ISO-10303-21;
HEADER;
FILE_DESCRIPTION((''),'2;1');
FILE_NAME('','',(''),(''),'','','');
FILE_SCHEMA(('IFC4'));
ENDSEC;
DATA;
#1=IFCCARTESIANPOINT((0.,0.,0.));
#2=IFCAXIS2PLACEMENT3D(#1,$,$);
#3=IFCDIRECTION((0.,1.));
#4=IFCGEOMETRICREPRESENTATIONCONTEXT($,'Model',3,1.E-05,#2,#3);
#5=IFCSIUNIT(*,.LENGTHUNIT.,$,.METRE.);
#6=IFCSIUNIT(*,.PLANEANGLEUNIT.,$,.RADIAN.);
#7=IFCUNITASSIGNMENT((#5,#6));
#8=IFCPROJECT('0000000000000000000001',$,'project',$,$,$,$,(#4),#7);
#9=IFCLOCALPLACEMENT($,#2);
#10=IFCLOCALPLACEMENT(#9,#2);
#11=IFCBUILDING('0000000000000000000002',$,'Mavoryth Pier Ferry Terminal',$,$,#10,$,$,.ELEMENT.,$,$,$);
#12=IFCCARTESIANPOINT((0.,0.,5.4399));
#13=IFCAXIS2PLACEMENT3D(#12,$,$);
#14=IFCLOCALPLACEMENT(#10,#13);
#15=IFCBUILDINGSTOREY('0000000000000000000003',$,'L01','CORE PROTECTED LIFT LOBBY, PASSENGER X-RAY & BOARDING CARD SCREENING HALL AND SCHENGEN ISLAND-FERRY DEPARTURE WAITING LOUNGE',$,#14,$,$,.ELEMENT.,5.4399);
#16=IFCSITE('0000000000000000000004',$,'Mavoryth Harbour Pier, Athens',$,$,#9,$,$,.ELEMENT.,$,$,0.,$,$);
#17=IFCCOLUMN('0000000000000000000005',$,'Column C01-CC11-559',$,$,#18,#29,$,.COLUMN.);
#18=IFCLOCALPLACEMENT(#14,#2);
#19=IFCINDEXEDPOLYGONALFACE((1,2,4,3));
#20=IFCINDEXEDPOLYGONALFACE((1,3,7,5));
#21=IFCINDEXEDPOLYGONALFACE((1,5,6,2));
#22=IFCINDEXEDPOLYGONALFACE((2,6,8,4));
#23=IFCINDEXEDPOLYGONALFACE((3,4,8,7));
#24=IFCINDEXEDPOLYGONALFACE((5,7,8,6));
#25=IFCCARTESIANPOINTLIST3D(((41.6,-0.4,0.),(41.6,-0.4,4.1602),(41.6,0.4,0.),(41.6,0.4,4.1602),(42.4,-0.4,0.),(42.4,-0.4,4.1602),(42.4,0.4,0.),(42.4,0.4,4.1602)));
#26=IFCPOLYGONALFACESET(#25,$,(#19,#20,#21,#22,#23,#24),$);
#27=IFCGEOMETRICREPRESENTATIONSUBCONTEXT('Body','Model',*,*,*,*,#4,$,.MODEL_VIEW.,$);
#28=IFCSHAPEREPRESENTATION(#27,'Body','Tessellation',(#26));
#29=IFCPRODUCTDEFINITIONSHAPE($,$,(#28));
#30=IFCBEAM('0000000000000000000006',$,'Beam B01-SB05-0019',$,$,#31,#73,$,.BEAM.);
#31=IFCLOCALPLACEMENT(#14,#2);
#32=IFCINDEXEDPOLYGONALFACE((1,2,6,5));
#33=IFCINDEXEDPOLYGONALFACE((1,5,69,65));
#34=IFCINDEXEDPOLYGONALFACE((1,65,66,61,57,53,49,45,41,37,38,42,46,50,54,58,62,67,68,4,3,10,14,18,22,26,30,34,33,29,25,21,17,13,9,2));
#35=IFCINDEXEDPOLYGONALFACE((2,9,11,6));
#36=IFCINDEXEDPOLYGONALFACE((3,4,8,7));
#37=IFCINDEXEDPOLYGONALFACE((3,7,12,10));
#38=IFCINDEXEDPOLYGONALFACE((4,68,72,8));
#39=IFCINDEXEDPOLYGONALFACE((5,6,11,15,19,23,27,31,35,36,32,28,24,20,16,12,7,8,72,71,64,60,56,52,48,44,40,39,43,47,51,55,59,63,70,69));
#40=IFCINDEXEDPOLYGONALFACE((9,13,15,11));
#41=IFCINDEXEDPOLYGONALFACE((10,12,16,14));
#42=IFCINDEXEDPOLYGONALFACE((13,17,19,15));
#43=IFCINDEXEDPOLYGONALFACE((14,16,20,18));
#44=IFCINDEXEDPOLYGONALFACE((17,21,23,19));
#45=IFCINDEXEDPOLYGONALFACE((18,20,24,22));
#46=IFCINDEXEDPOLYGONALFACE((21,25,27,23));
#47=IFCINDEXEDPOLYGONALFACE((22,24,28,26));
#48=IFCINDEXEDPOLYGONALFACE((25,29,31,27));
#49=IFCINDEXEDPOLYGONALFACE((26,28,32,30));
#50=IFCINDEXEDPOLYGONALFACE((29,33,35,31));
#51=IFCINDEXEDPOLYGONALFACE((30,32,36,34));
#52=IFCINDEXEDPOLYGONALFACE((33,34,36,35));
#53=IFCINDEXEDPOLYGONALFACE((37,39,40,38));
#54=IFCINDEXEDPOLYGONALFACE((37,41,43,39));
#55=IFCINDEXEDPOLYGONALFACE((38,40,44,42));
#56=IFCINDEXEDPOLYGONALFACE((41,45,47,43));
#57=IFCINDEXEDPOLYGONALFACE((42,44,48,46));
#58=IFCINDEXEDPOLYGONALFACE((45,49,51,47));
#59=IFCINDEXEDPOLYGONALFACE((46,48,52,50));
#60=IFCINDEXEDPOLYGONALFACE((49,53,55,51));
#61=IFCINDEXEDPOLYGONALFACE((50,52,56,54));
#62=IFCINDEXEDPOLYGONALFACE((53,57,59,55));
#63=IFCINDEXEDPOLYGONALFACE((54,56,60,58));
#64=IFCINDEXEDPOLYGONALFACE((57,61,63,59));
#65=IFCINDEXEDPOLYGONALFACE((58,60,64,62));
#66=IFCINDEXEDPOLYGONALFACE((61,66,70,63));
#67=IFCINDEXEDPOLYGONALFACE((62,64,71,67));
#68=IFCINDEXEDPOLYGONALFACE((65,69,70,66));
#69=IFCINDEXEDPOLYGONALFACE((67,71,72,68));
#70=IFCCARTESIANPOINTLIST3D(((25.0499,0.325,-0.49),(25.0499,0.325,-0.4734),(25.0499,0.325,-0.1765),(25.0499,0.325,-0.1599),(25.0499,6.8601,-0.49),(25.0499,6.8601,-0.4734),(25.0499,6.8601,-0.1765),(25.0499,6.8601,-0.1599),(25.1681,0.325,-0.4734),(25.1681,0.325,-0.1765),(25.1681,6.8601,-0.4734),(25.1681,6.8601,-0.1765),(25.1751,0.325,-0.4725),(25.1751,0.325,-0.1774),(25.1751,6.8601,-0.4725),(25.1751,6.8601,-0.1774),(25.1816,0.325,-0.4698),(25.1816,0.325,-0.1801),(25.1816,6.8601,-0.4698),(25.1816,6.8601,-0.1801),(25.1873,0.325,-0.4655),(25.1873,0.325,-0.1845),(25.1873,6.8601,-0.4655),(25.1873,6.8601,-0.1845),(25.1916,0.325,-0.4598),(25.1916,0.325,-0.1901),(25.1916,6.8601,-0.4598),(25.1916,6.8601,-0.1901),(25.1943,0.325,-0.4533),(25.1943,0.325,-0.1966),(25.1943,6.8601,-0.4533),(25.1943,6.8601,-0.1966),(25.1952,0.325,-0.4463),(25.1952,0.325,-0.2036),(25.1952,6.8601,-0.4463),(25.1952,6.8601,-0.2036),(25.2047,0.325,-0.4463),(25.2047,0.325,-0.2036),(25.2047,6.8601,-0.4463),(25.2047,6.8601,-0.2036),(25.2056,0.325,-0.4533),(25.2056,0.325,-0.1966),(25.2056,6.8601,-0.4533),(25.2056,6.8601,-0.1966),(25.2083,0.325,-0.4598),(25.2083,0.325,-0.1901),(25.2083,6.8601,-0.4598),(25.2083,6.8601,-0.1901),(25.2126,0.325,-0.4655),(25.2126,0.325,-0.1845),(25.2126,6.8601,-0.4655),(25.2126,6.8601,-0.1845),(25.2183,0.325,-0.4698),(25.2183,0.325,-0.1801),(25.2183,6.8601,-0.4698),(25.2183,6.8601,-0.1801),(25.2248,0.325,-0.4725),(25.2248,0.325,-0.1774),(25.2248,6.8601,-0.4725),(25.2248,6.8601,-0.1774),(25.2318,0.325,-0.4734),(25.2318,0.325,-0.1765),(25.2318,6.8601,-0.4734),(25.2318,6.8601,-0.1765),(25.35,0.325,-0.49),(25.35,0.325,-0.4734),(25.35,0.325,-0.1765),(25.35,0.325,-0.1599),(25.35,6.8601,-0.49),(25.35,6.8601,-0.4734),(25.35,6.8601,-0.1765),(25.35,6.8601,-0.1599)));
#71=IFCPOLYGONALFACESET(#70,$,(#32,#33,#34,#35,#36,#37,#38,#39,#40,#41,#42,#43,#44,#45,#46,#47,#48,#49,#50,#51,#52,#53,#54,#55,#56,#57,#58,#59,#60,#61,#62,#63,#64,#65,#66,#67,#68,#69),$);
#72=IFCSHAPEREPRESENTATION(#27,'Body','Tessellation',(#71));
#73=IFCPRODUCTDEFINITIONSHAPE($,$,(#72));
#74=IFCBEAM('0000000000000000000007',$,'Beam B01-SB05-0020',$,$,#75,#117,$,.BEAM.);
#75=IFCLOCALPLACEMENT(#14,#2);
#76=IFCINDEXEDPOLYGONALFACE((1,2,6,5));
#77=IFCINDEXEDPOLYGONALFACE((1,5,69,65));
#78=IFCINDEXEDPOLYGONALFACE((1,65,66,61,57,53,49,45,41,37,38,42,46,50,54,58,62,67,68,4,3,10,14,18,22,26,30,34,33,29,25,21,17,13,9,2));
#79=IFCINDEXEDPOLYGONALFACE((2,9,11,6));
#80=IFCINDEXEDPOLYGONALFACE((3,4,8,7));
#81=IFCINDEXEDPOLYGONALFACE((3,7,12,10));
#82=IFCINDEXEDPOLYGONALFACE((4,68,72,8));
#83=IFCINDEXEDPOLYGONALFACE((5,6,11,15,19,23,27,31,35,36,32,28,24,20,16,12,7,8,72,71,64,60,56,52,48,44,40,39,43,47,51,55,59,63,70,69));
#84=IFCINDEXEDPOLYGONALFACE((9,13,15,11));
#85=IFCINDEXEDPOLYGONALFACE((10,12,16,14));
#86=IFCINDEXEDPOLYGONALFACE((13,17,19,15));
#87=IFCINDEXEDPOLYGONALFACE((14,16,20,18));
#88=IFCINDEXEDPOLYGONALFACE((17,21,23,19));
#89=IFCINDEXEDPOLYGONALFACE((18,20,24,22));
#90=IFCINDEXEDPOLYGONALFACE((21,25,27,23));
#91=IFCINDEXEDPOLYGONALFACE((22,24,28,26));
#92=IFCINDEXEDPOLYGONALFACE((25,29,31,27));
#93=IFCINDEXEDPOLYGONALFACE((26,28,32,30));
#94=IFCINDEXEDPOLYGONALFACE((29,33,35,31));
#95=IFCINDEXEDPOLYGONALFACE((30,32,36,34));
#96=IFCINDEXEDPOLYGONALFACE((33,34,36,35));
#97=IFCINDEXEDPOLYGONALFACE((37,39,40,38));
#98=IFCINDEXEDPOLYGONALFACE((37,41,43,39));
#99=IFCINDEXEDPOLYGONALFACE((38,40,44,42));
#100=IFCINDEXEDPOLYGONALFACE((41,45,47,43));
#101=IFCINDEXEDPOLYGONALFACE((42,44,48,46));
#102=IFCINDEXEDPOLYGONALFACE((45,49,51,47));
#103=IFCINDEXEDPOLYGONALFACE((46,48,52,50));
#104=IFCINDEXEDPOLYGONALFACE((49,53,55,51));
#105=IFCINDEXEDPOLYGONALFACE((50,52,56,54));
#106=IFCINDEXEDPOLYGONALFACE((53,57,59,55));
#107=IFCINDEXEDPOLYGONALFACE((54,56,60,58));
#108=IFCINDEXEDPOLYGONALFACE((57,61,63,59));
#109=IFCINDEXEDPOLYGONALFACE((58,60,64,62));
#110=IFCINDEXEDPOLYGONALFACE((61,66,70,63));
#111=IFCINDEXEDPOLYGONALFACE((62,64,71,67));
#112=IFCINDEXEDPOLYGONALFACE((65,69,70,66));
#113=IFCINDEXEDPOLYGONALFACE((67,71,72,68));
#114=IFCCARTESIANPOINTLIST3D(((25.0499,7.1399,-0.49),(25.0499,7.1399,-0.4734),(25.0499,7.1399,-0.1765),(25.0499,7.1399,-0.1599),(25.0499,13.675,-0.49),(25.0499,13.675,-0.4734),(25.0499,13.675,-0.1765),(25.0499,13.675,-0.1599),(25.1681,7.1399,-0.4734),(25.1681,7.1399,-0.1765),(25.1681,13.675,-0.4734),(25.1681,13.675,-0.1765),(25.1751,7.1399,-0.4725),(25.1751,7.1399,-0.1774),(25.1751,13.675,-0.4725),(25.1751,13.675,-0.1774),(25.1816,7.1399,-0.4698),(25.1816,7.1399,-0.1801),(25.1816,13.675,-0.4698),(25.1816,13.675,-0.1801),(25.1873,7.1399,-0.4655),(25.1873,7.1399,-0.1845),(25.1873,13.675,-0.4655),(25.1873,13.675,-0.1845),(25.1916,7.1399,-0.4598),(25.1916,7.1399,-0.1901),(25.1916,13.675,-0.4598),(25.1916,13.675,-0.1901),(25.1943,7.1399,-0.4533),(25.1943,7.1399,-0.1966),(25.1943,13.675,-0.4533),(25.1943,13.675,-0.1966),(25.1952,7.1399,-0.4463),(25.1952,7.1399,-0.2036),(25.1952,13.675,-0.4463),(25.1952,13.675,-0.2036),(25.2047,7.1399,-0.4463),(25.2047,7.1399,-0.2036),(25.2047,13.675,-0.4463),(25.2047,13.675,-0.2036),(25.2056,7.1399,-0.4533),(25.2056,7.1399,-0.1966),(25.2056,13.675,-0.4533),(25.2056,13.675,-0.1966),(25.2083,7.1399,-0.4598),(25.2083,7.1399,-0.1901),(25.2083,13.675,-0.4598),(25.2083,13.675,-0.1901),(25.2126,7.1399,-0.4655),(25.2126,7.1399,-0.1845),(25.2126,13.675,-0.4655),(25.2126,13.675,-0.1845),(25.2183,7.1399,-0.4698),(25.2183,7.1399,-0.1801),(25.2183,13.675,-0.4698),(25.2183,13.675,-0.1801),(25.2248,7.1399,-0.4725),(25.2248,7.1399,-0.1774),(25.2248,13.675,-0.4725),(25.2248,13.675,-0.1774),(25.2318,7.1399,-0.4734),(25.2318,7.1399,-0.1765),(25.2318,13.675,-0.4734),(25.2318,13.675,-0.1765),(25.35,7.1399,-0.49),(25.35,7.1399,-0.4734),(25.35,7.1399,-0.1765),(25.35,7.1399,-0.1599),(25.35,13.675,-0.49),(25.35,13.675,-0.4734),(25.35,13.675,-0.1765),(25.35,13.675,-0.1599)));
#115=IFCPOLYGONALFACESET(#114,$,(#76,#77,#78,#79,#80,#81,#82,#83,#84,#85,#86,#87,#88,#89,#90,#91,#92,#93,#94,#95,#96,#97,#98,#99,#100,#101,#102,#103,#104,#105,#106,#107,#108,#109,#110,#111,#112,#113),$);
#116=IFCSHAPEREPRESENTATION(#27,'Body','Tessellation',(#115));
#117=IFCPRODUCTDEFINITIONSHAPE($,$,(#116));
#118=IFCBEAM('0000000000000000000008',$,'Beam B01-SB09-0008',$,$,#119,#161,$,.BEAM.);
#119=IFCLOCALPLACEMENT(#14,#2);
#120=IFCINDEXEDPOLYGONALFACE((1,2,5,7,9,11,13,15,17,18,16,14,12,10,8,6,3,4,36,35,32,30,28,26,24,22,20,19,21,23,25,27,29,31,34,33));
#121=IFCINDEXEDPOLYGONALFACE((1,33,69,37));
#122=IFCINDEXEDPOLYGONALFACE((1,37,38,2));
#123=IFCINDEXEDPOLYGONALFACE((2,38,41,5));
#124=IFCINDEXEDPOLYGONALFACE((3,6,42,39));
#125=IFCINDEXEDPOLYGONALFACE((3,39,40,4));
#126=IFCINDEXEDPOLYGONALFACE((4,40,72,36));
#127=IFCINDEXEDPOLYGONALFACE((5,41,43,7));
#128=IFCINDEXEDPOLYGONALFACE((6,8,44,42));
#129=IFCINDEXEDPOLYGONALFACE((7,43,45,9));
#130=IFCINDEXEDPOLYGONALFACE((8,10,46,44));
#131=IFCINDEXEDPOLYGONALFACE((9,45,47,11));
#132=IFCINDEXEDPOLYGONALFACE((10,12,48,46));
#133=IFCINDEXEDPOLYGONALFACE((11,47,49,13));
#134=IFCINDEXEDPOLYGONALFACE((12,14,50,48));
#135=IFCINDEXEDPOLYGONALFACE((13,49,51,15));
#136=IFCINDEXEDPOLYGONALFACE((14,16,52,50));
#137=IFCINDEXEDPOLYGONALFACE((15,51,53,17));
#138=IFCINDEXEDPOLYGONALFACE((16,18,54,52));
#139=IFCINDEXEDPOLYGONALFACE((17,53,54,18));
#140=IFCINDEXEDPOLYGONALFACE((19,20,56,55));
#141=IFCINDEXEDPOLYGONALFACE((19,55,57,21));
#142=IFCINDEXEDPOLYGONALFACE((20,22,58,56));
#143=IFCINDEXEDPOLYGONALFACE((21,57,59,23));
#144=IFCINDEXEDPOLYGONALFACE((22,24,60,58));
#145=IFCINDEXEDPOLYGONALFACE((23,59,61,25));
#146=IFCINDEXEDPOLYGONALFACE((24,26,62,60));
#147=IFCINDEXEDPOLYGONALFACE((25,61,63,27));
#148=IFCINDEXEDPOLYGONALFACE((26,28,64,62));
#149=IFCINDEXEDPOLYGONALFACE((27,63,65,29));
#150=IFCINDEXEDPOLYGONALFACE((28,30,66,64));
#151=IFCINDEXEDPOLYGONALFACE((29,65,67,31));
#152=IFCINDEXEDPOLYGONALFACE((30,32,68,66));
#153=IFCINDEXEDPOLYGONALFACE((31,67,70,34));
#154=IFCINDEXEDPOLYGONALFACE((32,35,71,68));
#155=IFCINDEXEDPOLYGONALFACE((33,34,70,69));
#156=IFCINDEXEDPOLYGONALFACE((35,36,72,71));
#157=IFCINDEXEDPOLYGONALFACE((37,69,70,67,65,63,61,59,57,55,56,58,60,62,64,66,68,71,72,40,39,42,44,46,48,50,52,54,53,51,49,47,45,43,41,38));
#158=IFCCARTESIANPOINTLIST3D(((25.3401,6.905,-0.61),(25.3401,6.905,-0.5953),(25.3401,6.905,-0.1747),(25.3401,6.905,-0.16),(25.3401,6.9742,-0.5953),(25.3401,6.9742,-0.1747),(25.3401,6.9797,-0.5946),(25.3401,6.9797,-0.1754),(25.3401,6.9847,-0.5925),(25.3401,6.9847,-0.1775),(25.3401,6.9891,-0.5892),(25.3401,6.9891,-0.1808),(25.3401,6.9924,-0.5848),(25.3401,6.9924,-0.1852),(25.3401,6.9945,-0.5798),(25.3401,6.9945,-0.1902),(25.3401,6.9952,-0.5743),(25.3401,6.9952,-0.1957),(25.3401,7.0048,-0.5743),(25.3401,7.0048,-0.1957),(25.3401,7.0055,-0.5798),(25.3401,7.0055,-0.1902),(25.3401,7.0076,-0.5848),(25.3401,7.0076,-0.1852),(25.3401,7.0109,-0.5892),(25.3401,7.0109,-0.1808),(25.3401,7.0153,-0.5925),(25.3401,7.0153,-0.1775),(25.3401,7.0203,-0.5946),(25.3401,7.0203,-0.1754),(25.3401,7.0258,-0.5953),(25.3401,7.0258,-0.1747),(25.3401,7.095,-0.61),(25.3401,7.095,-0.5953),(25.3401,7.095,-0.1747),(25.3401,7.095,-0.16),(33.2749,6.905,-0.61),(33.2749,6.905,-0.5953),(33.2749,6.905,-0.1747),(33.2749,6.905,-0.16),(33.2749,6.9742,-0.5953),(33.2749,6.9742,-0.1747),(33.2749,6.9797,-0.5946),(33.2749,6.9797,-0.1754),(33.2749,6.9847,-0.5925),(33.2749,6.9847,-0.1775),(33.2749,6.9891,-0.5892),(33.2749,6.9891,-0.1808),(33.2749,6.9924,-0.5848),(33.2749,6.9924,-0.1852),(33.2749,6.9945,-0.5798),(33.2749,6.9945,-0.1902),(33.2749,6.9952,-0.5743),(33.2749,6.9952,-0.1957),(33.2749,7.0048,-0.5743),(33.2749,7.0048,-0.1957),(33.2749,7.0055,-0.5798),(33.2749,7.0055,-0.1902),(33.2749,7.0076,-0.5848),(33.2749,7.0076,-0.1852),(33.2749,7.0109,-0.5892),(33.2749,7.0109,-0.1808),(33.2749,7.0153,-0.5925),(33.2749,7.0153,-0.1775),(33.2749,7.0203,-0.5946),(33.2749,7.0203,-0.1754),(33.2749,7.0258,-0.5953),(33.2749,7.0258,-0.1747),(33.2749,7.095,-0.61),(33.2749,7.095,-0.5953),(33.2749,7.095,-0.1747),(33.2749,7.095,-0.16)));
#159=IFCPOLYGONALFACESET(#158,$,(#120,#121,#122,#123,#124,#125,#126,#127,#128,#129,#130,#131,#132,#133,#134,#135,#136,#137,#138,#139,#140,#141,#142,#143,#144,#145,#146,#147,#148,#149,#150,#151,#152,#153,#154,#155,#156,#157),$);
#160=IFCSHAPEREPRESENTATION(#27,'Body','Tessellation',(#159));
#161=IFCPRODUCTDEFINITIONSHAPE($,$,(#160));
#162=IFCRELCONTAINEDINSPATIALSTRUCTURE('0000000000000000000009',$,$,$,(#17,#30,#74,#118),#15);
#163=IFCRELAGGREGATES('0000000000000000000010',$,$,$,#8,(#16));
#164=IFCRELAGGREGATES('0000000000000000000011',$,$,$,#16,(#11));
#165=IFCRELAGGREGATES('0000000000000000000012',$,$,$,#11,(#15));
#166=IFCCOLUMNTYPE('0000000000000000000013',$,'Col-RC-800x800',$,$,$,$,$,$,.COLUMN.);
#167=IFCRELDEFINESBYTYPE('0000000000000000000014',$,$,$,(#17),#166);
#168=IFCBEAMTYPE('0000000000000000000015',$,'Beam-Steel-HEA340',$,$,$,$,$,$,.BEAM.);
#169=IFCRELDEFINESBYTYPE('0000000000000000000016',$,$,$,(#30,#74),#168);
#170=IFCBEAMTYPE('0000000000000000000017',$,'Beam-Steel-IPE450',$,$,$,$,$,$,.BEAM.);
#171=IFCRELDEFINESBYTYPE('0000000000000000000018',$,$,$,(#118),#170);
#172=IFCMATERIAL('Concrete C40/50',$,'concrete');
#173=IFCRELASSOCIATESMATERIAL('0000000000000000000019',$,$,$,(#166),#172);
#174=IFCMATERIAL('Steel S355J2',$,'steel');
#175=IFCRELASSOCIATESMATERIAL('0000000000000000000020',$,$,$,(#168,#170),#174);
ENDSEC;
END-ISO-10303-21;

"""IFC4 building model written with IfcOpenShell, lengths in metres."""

from ifc_helpers import new_model, si_unit, direction, frame, origin, origin_2d, place, context, subcontext, project, spatial, rectangle, i_section, extrude, material, material_profile, profile_set, type_object, element, save


model = new_model("IFC4")

# Units and contexts
model_context = context("Model", 3, precision=1e-05, world=origin(), true_north=direction((0.0, 1.0)))
body_context = subcontext(model_context, "Body", "Model", "MODEL_VIEW")
ifc_project = project(units=[si_unit("LENGTHUNIT", "METRE"), si_unit("PLANEANGLEUNIT", "RADIAN")], contexts=[model_context])

# Site, building, storey
site_placement = place(None, origin())
site = spatial("IfcSite", under=ifc_project, at=site_placement, Name="Mavoryth Harbour Pier, Athens", CompositionType="ELEMENT", RefElevation=0.0)
building_placement = place(site_placement, origin())
building = spatial("IfcBuilding", under=site, at=building_placement, Name="Mavoryth Pier Ferry Terminal", CompositionType="ELEMENT")
storey_placement = place(building_placement, frame((0.0, 0.0, 5.4399)))
storey = spatial("IfcBuildingStorey", under=building, at=storey_placement, Name="L01", Description="CORE PROTECTED LIFT LOBBY, PASSENGER X-RAY & BOARDING CARD SCREENING HALL AND SCHENGEN ISLAND-FERRY DEPARTURE WAITING LOUNGE", CompositionType="ELEMENT", Elevation=5.4399)

# Column
ifc_material_1 = material(Name="Concrete C40/50", Category="concrete")
ifc_material_profile_1 = material_profile(ifc_material_1, rectangle(XDim=0.8, YDim=0.8, at=origin_2d()), Name="RC 800x800", Category="concrete")
ifc_profile_set_1 = profile_set([ifc_material_profile_1], Name="Concrete C40/50 - RC 800x800")
column_type = type_object("IfcColumnType", Name="Col-RC-800x800", PredefinedType="COLUMN", material=ifc_profile_set_1)
column_placement = place(storey_placement, frame((42.0, 0.0, 0.0), z_axis=(0.0, 0.0, 1.0), x_axis=(1.0, 0.0, 0.0)))
element("IfcColumn", 1, at=column_placement, inside=storey, type_object=column_type, Name="Column C01-CC11-559", PredefinedType="COLUMN", context=body_context, shape_type="SweptSolid", body=[
    extrude(rectangle(XDim=0.8, YDim=0.8, at=origin_2d()), origin(), (0.0, 0.0, 1.0), 4.1602),
])

# Beams
ifc_material_2 = material(Name="Steel S355J2", Category="steel")
ifc_material_profile_2 = material_profile(ifc_material_2, i_section(OverallWidth=0.3, OverallDepth=0.3301, WebThickness=0.0095, FlangeThickness=0.0166, FilletRadius=0.0271, at=origin_2d()), Name="HEA 340", Category="steel")
ifc_profile_set_2 = profile_set([ifc_material_profile_2], Name="Steel S355J2 - HEA 340")
beam_type_1 = type_object("IfcBeamType", Name="Beam-Steel-HEA340", PredefinedType="BEAM", material=ifc_profile_set_2)
for number, where, z_axis, x_axis, name in (
    (2, (25.2, 0.325, -0.325), (0.0, 1.0, 0.0), (-1.0, 0.0, 0.0), "Beam B01-SB05-0019"),
    (3, (25.2, 7.1399, -0.325), (0.0, 1.0, 0.0), (-1.0, 0.0, 0.0), "Beam B01-SB05-0020"),
):
    element("IfcBeam", number, at=place(storey_placement, frame(where, z_axis=z_axis, x_axis=x_axis)), inside=storey, type_object=beam_type_1, Name=name, PredefinedType="BEAM", context=body_context, shape_type="SweptSolid", body=[
        extrude(i_section(OverallWidth=0.3, OverallDepth=0.3301, WebThickness=0.0095, FlangeThickness=0.0166, FilletRadius=0.0271, at=origin_2d()), origin(), (0.0, 0.0, 1.0), 6.5352),
    ])
ifc_material_profile_3 = material_profile(ifc_material_2, i_section(OverallWidth=0.1899, OverallDepth=0.45, WebThickness=0.0095, FlangeThickness=0.0146, FilletRadius=0.021, at=origin_2d()), Name="IPE 450", Category="steel")
ifc_profile_set_3 = profile_set([ifc_material_profile_3], Name="Steel S355J2 - IPE 450")
beam_type_2 = type_object("IfcBeamType", Name="Beam-Steel-IPE450", PredefinedType="BEAM", material=ifc_profile_set_3)
beam_1_placement = place(storey_placement, frame((25.3401, 7.0, -0.385), z_axis=(1.0, 0.0, 0.0), x_axis=(0.0, 1.0, 0.0)))
element("IfcBeam", 4, at=beam_1_placement, inside=storey, type_object=beam_type_2, Name="Beam B01-SB09-0008", PredefinedType="BEAM", context=body_context, shape_type="SweptSolid", body=[
    extrude(i_section(OverallWidth=0.1899, OverallDepth=0.45, WebThickness=0.0095, FlangeThickness=0.0146, FilletRadius=0.021, at=origin_2d()), origin(), (0.0, 0.0, 1.0), 7.9348),
])

save(model, "model.ifc")
